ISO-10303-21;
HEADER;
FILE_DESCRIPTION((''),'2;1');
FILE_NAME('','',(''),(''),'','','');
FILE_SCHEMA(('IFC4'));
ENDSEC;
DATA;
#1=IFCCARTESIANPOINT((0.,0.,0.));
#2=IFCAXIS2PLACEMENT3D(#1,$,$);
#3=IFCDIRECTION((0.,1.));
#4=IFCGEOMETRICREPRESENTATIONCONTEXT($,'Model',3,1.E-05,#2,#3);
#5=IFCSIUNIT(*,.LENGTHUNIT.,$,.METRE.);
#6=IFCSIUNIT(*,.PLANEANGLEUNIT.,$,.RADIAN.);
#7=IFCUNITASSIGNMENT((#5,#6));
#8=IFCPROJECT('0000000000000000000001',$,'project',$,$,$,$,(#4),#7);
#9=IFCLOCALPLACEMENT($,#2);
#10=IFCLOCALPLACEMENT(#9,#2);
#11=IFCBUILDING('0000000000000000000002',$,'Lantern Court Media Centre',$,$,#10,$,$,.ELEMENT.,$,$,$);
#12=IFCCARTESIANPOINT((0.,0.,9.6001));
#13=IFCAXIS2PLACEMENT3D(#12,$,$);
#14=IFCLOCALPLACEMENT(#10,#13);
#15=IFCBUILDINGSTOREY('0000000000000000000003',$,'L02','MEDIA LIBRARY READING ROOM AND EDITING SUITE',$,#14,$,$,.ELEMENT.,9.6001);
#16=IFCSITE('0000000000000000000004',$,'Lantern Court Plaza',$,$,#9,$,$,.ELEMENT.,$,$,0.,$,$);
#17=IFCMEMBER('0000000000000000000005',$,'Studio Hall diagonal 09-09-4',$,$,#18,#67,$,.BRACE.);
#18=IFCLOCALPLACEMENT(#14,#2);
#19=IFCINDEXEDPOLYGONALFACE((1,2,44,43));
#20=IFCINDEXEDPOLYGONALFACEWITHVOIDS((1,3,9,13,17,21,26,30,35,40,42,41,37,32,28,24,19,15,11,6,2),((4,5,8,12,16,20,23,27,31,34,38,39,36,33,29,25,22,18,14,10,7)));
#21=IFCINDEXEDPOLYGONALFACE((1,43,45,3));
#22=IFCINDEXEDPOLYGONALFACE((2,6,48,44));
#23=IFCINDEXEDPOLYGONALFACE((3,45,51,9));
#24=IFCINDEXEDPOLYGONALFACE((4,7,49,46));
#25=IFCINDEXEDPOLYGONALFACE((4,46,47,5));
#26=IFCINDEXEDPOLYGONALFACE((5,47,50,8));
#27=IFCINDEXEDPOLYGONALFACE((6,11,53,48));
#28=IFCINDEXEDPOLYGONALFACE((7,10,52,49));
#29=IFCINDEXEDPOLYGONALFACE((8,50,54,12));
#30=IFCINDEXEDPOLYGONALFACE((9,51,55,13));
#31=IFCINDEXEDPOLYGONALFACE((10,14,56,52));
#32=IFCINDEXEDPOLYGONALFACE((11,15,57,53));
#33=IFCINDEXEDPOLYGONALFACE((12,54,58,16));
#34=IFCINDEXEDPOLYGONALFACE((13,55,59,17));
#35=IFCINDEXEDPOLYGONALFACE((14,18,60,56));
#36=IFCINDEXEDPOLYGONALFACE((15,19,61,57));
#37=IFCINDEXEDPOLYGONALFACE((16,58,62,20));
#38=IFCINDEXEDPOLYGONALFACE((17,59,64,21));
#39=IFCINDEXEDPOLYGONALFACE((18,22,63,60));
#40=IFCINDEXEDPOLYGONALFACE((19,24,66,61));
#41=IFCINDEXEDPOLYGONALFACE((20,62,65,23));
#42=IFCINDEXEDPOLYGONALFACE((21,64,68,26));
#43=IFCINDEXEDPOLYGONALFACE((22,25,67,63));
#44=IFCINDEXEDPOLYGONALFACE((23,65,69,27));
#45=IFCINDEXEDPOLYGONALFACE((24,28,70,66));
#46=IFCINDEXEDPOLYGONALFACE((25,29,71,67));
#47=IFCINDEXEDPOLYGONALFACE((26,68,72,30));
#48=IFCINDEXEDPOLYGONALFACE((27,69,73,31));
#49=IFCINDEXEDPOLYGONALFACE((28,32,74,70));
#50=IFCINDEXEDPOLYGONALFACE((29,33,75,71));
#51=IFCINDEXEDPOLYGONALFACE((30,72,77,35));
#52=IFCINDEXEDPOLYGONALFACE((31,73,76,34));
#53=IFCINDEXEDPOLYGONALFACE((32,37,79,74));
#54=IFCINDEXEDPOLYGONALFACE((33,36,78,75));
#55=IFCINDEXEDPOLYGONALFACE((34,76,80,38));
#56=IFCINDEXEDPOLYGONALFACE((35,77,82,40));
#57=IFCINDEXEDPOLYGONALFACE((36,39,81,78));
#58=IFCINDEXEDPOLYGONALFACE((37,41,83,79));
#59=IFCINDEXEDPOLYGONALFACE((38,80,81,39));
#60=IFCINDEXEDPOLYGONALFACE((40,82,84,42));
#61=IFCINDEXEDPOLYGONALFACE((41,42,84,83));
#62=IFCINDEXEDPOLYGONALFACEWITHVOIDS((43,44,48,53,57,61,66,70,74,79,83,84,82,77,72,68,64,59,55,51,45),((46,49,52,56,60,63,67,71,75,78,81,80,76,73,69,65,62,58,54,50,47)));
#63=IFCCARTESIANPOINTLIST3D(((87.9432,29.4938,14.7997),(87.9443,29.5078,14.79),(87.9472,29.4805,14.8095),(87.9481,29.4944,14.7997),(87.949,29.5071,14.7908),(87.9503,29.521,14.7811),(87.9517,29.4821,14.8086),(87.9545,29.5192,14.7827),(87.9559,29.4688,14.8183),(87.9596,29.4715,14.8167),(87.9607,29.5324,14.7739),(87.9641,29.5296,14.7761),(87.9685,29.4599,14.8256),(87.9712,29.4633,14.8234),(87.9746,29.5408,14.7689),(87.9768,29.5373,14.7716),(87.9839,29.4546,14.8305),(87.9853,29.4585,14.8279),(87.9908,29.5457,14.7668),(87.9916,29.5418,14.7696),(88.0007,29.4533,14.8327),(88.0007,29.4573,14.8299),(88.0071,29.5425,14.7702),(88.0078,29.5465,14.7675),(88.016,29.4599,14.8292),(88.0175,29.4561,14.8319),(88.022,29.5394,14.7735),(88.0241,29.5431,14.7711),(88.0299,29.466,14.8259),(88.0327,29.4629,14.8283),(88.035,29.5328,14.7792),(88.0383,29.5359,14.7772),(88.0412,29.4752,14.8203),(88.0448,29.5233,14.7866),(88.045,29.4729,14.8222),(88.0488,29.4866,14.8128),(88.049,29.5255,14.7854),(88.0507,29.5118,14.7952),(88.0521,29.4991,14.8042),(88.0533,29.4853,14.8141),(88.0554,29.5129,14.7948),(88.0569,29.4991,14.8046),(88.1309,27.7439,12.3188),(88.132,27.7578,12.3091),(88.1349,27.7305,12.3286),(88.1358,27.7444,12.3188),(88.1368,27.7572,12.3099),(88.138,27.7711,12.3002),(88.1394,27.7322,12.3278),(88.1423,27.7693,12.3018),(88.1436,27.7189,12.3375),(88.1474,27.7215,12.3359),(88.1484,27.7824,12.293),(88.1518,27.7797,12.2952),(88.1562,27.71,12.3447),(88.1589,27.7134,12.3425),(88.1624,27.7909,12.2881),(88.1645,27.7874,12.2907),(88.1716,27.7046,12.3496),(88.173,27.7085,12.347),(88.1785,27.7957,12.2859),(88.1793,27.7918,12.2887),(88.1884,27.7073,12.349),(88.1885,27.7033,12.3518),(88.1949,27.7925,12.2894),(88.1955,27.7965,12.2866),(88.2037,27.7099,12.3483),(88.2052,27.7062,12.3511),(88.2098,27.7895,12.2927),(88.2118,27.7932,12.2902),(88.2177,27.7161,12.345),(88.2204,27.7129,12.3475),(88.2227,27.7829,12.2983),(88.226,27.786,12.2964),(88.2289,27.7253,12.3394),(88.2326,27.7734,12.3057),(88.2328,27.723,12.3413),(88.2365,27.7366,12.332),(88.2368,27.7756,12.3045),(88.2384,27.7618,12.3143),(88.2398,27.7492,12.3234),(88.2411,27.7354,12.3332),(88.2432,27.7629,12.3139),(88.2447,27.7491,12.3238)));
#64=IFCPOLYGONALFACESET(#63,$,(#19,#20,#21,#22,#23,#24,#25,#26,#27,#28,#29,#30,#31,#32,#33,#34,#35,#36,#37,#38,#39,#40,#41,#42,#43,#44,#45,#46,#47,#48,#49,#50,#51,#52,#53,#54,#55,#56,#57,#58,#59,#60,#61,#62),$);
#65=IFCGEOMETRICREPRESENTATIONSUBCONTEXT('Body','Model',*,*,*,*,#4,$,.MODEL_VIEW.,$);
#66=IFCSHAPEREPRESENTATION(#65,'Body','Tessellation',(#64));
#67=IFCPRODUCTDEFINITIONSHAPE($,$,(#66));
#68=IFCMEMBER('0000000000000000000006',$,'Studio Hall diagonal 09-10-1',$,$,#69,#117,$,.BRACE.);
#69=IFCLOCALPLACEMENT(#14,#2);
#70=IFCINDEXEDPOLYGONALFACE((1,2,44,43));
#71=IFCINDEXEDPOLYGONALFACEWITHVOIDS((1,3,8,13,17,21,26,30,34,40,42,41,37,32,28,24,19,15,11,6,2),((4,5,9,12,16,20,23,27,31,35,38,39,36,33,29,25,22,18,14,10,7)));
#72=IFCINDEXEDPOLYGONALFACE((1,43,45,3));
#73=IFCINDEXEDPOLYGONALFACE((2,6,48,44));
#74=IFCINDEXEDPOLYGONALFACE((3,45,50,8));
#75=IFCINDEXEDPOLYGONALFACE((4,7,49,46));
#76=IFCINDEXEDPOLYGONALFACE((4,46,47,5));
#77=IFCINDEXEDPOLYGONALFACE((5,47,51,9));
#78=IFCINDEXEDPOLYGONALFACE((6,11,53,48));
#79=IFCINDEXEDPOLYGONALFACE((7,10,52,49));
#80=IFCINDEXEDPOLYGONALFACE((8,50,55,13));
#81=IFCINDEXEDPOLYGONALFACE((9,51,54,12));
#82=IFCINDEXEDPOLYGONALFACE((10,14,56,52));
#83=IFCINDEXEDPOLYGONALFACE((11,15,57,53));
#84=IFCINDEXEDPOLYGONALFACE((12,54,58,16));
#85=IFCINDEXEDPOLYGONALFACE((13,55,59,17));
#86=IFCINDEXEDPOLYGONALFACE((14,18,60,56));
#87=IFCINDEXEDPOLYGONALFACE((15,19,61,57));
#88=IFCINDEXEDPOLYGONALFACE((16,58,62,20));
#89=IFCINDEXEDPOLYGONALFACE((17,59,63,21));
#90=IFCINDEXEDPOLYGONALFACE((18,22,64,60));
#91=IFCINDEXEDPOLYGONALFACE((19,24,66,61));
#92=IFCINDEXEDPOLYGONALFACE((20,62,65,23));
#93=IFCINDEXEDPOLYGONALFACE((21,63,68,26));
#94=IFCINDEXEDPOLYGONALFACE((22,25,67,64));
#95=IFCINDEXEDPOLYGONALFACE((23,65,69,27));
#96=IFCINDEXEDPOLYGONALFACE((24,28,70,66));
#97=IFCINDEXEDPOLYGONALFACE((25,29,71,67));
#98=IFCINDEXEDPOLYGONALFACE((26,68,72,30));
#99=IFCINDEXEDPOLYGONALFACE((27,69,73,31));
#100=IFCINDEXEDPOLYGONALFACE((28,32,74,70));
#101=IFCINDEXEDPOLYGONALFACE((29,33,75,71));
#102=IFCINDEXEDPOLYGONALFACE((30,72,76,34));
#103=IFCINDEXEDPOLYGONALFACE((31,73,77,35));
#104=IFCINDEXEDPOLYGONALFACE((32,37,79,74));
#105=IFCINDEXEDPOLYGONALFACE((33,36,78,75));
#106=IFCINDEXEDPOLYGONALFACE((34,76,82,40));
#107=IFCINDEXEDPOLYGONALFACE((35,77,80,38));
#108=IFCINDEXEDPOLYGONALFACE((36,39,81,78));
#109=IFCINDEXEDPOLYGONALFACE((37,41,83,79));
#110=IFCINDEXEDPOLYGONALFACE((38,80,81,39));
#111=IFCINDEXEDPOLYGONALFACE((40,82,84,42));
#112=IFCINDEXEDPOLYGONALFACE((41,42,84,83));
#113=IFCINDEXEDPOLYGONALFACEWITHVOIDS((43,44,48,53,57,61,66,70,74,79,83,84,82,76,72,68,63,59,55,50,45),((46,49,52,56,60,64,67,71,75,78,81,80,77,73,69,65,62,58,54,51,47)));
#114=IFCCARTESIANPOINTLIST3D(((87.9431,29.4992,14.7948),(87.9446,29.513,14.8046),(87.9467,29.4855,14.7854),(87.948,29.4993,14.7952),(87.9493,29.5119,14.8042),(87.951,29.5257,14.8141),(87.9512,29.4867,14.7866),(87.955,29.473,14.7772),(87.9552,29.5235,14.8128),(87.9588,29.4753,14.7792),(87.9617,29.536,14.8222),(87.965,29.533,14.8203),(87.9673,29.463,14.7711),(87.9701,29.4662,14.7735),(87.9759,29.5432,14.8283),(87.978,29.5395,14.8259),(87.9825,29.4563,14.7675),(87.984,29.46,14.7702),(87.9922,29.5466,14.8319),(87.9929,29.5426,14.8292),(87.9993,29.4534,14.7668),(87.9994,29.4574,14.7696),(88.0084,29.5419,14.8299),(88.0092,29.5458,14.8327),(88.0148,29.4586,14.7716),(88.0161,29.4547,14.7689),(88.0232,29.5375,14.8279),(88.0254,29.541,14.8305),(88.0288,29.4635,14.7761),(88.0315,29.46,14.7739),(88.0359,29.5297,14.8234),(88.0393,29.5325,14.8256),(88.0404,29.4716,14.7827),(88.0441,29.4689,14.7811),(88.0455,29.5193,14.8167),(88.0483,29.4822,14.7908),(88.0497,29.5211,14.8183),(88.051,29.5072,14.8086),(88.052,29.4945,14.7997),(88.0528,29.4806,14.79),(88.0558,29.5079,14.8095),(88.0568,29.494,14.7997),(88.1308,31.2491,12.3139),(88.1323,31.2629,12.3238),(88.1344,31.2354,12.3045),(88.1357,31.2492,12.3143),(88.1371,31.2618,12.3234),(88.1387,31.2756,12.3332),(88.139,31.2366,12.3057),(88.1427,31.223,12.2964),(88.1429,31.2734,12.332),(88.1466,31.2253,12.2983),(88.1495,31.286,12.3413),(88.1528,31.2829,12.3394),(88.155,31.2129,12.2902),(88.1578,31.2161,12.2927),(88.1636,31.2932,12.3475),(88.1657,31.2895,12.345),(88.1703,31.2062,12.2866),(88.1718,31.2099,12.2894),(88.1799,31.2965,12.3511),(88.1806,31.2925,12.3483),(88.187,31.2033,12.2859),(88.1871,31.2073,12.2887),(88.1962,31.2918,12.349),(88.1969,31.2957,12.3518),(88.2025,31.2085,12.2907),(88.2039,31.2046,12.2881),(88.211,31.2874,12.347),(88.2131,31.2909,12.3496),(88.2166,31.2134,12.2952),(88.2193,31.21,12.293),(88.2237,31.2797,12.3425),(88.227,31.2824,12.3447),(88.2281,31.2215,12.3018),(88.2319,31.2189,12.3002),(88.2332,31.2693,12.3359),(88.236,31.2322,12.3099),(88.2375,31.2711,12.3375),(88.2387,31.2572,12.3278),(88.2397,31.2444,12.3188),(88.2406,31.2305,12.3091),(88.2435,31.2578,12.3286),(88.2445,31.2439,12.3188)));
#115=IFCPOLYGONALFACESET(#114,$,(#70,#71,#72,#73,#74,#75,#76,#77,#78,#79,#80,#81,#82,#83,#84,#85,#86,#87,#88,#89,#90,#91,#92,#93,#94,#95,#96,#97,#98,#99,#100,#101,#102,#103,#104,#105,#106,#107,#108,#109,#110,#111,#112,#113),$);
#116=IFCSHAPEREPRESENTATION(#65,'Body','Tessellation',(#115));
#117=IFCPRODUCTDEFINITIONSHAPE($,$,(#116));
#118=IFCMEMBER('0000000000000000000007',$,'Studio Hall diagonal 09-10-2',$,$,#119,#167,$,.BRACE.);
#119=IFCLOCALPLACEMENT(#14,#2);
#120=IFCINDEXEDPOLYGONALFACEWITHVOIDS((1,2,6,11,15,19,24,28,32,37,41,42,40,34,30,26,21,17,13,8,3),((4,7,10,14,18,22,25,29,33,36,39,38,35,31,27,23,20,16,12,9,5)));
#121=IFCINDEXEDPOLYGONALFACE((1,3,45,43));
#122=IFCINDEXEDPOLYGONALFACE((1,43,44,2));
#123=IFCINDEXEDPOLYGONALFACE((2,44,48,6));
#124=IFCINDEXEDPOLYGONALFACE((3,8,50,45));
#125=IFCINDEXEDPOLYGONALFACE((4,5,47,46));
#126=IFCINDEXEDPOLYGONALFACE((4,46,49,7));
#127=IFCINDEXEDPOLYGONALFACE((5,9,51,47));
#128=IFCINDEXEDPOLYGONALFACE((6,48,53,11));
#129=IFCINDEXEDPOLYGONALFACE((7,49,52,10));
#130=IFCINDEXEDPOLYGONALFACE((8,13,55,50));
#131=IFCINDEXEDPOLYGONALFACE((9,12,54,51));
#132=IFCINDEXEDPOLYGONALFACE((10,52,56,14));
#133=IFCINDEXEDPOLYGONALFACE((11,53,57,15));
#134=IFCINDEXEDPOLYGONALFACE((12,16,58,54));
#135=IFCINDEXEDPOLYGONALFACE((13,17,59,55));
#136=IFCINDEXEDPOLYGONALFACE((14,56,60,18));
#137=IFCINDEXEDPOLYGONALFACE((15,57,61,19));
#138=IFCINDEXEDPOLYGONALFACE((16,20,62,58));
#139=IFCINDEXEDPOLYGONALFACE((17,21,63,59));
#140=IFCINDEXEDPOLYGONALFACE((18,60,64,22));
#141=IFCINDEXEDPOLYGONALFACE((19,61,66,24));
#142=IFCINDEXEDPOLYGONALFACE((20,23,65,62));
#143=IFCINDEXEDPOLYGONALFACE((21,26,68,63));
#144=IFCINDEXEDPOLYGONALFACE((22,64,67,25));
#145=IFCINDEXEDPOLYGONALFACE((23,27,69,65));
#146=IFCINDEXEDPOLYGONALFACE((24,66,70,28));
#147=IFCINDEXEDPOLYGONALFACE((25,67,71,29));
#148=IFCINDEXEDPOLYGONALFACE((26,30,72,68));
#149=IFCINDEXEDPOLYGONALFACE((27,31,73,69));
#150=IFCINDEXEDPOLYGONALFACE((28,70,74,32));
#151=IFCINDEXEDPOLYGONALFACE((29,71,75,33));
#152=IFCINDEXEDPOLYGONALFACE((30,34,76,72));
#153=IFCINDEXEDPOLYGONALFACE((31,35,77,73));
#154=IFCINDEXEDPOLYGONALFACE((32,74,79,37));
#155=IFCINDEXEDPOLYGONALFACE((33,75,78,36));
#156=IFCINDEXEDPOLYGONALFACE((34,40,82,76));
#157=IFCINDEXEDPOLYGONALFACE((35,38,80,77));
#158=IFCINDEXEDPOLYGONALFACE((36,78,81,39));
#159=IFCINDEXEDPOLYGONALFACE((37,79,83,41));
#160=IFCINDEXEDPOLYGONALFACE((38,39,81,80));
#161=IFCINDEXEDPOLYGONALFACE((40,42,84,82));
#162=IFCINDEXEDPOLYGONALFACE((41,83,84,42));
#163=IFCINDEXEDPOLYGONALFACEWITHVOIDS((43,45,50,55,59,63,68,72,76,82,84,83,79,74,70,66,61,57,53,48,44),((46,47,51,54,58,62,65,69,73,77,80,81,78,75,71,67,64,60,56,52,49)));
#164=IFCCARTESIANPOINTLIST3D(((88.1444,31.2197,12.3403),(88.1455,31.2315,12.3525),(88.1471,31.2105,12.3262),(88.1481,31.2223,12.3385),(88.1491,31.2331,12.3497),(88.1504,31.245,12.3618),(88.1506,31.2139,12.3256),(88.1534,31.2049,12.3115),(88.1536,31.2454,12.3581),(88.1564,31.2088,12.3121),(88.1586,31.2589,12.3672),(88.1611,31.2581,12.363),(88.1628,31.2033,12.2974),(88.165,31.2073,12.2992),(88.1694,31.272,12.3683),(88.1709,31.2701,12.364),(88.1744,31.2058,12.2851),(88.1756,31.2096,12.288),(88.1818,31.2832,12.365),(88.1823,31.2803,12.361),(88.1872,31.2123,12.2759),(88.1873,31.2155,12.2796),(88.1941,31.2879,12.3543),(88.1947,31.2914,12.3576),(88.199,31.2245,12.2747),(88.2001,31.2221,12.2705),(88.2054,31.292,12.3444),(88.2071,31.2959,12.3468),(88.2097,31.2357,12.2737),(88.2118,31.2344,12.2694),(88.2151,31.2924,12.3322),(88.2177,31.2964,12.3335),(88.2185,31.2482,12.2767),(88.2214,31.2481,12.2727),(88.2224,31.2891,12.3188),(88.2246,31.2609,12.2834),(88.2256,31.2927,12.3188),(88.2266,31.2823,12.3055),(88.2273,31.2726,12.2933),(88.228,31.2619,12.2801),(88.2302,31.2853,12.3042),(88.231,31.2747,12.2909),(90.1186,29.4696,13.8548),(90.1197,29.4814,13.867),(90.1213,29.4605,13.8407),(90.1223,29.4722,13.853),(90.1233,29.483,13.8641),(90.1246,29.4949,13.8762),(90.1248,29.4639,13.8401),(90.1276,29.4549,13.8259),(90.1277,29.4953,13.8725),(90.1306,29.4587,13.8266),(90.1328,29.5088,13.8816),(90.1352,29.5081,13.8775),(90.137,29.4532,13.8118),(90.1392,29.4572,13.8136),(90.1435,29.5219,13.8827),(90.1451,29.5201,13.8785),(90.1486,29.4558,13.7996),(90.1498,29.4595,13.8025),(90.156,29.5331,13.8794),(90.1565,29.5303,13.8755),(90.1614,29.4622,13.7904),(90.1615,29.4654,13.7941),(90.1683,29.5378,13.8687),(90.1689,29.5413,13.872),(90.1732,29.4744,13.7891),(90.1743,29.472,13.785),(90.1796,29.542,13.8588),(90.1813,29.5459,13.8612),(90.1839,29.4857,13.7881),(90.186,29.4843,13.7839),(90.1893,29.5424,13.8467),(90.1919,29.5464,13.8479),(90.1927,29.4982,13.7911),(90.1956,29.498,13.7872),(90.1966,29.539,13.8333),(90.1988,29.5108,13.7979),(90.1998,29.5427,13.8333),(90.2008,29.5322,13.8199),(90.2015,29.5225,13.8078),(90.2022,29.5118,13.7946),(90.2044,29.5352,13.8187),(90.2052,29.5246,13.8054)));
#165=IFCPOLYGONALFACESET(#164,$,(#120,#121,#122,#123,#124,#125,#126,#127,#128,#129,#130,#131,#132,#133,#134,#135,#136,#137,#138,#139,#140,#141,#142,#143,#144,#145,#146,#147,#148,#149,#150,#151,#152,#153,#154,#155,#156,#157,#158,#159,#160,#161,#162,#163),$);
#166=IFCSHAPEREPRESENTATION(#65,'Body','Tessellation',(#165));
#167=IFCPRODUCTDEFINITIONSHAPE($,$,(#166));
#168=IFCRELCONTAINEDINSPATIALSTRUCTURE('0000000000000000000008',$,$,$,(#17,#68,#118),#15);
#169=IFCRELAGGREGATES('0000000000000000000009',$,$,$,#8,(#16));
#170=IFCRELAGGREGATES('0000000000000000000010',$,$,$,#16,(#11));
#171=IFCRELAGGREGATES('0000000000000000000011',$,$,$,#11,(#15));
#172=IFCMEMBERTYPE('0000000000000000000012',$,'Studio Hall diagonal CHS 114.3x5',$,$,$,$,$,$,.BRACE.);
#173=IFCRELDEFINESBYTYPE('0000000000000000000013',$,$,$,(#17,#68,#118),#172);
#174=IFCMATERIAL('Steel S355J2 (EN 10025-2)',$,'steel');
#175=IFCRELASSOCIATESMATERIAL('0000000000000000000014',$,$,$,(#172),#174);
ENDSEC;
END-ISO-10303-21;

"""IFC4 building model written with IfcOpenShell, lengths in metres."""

from ifc_helpers import new_model, si_unit, direction, frame, origin, origin_2d, place, context, subcontext, project, spatial, hollow_circle, extrude, material, material_profile, profile_set, type_object, element, save


model = new_model("IFC4")

# Units and contexts
model_context = context("Model", 3, precision=1e-05, world=origin(), true_north=direction((0.0, 1.0)))
body_context = subcontext(model_context, "Body", "Model", "MODEL_VIEW")
ifc_project = project(units=[si_unit("LENGTHUNIT", "METRE"), si_unit("PLANEANGLEUNIT", "RADIAN")], contexts=[model_context])

# Site, building, storey
site_placement = place(None, origin())
site = spatial("IfcSite", under=ifc_project, at=site_placement, Name="Lantern Court Plaza", CompositionType="ELEMENT", RefElevation=0.0)
building_placement = place(site_placement, origin())
building = spatial("IfcBuilding", under=site, at=building_placement, Name="Lantern Court Media Centre", CompositionType="ELEMENT")
storey_placement = place(building_placement, frame((0.0, 0.0, 9.6001)))
storey = spatial("IfcBuildingStorey", under=building, at=storey_placement, Name="L02", Description="MEDIA LIBRARY READING ROOM AND EDITING SUITE", CompositionType="ELEMENT", Elevation=9.6001)

# Members
ifc_material = material(Name="Steel S355J2 (EN 10025-2)", Category="steel")
ifc_material_profile_1 = material_profile(ifc_material, hollow_circle(Radius=0.0571, WallThickness=0.0049, at=origin_2d()), Name="Studio Hall diagonal CHS 114.3x5")
ifc_profile_set_1 = profile_set([ifc_material_profile_1], Name="Steel S355J2 (EN 10025-2)")
member_type_1 = type_object("IfcMemberType", Name="Studio Hall diagonal CHS 114.3x5", PredefinedType="BRACE", material=ifc_profile_set_1)
for number, where, z_axis, x_axis, name in (
    (1, (88.1877, 27.75, 12.3188), (-0.06172, 0.575306, 0.815606), (-0.994294, -0.10667, 0.0), "Studio Hall diagonal 09-09-4"),
    (2, (88.1877, 31.25, 12.3188), (-0.06172, -0.575306, 0.815606), (0.994294, -0.10667, 0.0), "Studio Hall diagonal 09-10-1"),
):
    element("IfcMember", number, at=place(storey_placement, frame(where, z_axis=z_axis, x_axis=x_axis)), inside=storey, type_object=member_type_1, Name=name, PredefinedType="BRACE", context=body_context, shape_type="SweptSolid", body=[
        extrude(hollow_circle(Radius=0.0571, WallThickness=0.0049, at=origin_2d()), origin(), (0.0, 0.0, 1.0), 3.0417),
    ])
for number, where, z_axis, x_axis, name in (
    (3, (88.1877, 31.25, 12.3188), (0.648979, -0.575301, 0.49785), (0.663352, 0.748307, 0.0), "Studio Hall diagonal 09-10-2"),
):
    element("IfcMember", number, at=place(storey_placement, frame(where, z_axis=z_axis, x_axis=x_axis)), inside=storey, type_object=member_type_1, Name=name, PredefinedType="BRACE", context=body_context, shape_type="SweptSolid", body=[
        extrude(hollow_circle(Radius=0.0571, WallThickness=0.0049, at=origin_2d()), origin(), (0.0, 0.0, 1.0), 3.042),
    ])

save(model, "model.ifc")
